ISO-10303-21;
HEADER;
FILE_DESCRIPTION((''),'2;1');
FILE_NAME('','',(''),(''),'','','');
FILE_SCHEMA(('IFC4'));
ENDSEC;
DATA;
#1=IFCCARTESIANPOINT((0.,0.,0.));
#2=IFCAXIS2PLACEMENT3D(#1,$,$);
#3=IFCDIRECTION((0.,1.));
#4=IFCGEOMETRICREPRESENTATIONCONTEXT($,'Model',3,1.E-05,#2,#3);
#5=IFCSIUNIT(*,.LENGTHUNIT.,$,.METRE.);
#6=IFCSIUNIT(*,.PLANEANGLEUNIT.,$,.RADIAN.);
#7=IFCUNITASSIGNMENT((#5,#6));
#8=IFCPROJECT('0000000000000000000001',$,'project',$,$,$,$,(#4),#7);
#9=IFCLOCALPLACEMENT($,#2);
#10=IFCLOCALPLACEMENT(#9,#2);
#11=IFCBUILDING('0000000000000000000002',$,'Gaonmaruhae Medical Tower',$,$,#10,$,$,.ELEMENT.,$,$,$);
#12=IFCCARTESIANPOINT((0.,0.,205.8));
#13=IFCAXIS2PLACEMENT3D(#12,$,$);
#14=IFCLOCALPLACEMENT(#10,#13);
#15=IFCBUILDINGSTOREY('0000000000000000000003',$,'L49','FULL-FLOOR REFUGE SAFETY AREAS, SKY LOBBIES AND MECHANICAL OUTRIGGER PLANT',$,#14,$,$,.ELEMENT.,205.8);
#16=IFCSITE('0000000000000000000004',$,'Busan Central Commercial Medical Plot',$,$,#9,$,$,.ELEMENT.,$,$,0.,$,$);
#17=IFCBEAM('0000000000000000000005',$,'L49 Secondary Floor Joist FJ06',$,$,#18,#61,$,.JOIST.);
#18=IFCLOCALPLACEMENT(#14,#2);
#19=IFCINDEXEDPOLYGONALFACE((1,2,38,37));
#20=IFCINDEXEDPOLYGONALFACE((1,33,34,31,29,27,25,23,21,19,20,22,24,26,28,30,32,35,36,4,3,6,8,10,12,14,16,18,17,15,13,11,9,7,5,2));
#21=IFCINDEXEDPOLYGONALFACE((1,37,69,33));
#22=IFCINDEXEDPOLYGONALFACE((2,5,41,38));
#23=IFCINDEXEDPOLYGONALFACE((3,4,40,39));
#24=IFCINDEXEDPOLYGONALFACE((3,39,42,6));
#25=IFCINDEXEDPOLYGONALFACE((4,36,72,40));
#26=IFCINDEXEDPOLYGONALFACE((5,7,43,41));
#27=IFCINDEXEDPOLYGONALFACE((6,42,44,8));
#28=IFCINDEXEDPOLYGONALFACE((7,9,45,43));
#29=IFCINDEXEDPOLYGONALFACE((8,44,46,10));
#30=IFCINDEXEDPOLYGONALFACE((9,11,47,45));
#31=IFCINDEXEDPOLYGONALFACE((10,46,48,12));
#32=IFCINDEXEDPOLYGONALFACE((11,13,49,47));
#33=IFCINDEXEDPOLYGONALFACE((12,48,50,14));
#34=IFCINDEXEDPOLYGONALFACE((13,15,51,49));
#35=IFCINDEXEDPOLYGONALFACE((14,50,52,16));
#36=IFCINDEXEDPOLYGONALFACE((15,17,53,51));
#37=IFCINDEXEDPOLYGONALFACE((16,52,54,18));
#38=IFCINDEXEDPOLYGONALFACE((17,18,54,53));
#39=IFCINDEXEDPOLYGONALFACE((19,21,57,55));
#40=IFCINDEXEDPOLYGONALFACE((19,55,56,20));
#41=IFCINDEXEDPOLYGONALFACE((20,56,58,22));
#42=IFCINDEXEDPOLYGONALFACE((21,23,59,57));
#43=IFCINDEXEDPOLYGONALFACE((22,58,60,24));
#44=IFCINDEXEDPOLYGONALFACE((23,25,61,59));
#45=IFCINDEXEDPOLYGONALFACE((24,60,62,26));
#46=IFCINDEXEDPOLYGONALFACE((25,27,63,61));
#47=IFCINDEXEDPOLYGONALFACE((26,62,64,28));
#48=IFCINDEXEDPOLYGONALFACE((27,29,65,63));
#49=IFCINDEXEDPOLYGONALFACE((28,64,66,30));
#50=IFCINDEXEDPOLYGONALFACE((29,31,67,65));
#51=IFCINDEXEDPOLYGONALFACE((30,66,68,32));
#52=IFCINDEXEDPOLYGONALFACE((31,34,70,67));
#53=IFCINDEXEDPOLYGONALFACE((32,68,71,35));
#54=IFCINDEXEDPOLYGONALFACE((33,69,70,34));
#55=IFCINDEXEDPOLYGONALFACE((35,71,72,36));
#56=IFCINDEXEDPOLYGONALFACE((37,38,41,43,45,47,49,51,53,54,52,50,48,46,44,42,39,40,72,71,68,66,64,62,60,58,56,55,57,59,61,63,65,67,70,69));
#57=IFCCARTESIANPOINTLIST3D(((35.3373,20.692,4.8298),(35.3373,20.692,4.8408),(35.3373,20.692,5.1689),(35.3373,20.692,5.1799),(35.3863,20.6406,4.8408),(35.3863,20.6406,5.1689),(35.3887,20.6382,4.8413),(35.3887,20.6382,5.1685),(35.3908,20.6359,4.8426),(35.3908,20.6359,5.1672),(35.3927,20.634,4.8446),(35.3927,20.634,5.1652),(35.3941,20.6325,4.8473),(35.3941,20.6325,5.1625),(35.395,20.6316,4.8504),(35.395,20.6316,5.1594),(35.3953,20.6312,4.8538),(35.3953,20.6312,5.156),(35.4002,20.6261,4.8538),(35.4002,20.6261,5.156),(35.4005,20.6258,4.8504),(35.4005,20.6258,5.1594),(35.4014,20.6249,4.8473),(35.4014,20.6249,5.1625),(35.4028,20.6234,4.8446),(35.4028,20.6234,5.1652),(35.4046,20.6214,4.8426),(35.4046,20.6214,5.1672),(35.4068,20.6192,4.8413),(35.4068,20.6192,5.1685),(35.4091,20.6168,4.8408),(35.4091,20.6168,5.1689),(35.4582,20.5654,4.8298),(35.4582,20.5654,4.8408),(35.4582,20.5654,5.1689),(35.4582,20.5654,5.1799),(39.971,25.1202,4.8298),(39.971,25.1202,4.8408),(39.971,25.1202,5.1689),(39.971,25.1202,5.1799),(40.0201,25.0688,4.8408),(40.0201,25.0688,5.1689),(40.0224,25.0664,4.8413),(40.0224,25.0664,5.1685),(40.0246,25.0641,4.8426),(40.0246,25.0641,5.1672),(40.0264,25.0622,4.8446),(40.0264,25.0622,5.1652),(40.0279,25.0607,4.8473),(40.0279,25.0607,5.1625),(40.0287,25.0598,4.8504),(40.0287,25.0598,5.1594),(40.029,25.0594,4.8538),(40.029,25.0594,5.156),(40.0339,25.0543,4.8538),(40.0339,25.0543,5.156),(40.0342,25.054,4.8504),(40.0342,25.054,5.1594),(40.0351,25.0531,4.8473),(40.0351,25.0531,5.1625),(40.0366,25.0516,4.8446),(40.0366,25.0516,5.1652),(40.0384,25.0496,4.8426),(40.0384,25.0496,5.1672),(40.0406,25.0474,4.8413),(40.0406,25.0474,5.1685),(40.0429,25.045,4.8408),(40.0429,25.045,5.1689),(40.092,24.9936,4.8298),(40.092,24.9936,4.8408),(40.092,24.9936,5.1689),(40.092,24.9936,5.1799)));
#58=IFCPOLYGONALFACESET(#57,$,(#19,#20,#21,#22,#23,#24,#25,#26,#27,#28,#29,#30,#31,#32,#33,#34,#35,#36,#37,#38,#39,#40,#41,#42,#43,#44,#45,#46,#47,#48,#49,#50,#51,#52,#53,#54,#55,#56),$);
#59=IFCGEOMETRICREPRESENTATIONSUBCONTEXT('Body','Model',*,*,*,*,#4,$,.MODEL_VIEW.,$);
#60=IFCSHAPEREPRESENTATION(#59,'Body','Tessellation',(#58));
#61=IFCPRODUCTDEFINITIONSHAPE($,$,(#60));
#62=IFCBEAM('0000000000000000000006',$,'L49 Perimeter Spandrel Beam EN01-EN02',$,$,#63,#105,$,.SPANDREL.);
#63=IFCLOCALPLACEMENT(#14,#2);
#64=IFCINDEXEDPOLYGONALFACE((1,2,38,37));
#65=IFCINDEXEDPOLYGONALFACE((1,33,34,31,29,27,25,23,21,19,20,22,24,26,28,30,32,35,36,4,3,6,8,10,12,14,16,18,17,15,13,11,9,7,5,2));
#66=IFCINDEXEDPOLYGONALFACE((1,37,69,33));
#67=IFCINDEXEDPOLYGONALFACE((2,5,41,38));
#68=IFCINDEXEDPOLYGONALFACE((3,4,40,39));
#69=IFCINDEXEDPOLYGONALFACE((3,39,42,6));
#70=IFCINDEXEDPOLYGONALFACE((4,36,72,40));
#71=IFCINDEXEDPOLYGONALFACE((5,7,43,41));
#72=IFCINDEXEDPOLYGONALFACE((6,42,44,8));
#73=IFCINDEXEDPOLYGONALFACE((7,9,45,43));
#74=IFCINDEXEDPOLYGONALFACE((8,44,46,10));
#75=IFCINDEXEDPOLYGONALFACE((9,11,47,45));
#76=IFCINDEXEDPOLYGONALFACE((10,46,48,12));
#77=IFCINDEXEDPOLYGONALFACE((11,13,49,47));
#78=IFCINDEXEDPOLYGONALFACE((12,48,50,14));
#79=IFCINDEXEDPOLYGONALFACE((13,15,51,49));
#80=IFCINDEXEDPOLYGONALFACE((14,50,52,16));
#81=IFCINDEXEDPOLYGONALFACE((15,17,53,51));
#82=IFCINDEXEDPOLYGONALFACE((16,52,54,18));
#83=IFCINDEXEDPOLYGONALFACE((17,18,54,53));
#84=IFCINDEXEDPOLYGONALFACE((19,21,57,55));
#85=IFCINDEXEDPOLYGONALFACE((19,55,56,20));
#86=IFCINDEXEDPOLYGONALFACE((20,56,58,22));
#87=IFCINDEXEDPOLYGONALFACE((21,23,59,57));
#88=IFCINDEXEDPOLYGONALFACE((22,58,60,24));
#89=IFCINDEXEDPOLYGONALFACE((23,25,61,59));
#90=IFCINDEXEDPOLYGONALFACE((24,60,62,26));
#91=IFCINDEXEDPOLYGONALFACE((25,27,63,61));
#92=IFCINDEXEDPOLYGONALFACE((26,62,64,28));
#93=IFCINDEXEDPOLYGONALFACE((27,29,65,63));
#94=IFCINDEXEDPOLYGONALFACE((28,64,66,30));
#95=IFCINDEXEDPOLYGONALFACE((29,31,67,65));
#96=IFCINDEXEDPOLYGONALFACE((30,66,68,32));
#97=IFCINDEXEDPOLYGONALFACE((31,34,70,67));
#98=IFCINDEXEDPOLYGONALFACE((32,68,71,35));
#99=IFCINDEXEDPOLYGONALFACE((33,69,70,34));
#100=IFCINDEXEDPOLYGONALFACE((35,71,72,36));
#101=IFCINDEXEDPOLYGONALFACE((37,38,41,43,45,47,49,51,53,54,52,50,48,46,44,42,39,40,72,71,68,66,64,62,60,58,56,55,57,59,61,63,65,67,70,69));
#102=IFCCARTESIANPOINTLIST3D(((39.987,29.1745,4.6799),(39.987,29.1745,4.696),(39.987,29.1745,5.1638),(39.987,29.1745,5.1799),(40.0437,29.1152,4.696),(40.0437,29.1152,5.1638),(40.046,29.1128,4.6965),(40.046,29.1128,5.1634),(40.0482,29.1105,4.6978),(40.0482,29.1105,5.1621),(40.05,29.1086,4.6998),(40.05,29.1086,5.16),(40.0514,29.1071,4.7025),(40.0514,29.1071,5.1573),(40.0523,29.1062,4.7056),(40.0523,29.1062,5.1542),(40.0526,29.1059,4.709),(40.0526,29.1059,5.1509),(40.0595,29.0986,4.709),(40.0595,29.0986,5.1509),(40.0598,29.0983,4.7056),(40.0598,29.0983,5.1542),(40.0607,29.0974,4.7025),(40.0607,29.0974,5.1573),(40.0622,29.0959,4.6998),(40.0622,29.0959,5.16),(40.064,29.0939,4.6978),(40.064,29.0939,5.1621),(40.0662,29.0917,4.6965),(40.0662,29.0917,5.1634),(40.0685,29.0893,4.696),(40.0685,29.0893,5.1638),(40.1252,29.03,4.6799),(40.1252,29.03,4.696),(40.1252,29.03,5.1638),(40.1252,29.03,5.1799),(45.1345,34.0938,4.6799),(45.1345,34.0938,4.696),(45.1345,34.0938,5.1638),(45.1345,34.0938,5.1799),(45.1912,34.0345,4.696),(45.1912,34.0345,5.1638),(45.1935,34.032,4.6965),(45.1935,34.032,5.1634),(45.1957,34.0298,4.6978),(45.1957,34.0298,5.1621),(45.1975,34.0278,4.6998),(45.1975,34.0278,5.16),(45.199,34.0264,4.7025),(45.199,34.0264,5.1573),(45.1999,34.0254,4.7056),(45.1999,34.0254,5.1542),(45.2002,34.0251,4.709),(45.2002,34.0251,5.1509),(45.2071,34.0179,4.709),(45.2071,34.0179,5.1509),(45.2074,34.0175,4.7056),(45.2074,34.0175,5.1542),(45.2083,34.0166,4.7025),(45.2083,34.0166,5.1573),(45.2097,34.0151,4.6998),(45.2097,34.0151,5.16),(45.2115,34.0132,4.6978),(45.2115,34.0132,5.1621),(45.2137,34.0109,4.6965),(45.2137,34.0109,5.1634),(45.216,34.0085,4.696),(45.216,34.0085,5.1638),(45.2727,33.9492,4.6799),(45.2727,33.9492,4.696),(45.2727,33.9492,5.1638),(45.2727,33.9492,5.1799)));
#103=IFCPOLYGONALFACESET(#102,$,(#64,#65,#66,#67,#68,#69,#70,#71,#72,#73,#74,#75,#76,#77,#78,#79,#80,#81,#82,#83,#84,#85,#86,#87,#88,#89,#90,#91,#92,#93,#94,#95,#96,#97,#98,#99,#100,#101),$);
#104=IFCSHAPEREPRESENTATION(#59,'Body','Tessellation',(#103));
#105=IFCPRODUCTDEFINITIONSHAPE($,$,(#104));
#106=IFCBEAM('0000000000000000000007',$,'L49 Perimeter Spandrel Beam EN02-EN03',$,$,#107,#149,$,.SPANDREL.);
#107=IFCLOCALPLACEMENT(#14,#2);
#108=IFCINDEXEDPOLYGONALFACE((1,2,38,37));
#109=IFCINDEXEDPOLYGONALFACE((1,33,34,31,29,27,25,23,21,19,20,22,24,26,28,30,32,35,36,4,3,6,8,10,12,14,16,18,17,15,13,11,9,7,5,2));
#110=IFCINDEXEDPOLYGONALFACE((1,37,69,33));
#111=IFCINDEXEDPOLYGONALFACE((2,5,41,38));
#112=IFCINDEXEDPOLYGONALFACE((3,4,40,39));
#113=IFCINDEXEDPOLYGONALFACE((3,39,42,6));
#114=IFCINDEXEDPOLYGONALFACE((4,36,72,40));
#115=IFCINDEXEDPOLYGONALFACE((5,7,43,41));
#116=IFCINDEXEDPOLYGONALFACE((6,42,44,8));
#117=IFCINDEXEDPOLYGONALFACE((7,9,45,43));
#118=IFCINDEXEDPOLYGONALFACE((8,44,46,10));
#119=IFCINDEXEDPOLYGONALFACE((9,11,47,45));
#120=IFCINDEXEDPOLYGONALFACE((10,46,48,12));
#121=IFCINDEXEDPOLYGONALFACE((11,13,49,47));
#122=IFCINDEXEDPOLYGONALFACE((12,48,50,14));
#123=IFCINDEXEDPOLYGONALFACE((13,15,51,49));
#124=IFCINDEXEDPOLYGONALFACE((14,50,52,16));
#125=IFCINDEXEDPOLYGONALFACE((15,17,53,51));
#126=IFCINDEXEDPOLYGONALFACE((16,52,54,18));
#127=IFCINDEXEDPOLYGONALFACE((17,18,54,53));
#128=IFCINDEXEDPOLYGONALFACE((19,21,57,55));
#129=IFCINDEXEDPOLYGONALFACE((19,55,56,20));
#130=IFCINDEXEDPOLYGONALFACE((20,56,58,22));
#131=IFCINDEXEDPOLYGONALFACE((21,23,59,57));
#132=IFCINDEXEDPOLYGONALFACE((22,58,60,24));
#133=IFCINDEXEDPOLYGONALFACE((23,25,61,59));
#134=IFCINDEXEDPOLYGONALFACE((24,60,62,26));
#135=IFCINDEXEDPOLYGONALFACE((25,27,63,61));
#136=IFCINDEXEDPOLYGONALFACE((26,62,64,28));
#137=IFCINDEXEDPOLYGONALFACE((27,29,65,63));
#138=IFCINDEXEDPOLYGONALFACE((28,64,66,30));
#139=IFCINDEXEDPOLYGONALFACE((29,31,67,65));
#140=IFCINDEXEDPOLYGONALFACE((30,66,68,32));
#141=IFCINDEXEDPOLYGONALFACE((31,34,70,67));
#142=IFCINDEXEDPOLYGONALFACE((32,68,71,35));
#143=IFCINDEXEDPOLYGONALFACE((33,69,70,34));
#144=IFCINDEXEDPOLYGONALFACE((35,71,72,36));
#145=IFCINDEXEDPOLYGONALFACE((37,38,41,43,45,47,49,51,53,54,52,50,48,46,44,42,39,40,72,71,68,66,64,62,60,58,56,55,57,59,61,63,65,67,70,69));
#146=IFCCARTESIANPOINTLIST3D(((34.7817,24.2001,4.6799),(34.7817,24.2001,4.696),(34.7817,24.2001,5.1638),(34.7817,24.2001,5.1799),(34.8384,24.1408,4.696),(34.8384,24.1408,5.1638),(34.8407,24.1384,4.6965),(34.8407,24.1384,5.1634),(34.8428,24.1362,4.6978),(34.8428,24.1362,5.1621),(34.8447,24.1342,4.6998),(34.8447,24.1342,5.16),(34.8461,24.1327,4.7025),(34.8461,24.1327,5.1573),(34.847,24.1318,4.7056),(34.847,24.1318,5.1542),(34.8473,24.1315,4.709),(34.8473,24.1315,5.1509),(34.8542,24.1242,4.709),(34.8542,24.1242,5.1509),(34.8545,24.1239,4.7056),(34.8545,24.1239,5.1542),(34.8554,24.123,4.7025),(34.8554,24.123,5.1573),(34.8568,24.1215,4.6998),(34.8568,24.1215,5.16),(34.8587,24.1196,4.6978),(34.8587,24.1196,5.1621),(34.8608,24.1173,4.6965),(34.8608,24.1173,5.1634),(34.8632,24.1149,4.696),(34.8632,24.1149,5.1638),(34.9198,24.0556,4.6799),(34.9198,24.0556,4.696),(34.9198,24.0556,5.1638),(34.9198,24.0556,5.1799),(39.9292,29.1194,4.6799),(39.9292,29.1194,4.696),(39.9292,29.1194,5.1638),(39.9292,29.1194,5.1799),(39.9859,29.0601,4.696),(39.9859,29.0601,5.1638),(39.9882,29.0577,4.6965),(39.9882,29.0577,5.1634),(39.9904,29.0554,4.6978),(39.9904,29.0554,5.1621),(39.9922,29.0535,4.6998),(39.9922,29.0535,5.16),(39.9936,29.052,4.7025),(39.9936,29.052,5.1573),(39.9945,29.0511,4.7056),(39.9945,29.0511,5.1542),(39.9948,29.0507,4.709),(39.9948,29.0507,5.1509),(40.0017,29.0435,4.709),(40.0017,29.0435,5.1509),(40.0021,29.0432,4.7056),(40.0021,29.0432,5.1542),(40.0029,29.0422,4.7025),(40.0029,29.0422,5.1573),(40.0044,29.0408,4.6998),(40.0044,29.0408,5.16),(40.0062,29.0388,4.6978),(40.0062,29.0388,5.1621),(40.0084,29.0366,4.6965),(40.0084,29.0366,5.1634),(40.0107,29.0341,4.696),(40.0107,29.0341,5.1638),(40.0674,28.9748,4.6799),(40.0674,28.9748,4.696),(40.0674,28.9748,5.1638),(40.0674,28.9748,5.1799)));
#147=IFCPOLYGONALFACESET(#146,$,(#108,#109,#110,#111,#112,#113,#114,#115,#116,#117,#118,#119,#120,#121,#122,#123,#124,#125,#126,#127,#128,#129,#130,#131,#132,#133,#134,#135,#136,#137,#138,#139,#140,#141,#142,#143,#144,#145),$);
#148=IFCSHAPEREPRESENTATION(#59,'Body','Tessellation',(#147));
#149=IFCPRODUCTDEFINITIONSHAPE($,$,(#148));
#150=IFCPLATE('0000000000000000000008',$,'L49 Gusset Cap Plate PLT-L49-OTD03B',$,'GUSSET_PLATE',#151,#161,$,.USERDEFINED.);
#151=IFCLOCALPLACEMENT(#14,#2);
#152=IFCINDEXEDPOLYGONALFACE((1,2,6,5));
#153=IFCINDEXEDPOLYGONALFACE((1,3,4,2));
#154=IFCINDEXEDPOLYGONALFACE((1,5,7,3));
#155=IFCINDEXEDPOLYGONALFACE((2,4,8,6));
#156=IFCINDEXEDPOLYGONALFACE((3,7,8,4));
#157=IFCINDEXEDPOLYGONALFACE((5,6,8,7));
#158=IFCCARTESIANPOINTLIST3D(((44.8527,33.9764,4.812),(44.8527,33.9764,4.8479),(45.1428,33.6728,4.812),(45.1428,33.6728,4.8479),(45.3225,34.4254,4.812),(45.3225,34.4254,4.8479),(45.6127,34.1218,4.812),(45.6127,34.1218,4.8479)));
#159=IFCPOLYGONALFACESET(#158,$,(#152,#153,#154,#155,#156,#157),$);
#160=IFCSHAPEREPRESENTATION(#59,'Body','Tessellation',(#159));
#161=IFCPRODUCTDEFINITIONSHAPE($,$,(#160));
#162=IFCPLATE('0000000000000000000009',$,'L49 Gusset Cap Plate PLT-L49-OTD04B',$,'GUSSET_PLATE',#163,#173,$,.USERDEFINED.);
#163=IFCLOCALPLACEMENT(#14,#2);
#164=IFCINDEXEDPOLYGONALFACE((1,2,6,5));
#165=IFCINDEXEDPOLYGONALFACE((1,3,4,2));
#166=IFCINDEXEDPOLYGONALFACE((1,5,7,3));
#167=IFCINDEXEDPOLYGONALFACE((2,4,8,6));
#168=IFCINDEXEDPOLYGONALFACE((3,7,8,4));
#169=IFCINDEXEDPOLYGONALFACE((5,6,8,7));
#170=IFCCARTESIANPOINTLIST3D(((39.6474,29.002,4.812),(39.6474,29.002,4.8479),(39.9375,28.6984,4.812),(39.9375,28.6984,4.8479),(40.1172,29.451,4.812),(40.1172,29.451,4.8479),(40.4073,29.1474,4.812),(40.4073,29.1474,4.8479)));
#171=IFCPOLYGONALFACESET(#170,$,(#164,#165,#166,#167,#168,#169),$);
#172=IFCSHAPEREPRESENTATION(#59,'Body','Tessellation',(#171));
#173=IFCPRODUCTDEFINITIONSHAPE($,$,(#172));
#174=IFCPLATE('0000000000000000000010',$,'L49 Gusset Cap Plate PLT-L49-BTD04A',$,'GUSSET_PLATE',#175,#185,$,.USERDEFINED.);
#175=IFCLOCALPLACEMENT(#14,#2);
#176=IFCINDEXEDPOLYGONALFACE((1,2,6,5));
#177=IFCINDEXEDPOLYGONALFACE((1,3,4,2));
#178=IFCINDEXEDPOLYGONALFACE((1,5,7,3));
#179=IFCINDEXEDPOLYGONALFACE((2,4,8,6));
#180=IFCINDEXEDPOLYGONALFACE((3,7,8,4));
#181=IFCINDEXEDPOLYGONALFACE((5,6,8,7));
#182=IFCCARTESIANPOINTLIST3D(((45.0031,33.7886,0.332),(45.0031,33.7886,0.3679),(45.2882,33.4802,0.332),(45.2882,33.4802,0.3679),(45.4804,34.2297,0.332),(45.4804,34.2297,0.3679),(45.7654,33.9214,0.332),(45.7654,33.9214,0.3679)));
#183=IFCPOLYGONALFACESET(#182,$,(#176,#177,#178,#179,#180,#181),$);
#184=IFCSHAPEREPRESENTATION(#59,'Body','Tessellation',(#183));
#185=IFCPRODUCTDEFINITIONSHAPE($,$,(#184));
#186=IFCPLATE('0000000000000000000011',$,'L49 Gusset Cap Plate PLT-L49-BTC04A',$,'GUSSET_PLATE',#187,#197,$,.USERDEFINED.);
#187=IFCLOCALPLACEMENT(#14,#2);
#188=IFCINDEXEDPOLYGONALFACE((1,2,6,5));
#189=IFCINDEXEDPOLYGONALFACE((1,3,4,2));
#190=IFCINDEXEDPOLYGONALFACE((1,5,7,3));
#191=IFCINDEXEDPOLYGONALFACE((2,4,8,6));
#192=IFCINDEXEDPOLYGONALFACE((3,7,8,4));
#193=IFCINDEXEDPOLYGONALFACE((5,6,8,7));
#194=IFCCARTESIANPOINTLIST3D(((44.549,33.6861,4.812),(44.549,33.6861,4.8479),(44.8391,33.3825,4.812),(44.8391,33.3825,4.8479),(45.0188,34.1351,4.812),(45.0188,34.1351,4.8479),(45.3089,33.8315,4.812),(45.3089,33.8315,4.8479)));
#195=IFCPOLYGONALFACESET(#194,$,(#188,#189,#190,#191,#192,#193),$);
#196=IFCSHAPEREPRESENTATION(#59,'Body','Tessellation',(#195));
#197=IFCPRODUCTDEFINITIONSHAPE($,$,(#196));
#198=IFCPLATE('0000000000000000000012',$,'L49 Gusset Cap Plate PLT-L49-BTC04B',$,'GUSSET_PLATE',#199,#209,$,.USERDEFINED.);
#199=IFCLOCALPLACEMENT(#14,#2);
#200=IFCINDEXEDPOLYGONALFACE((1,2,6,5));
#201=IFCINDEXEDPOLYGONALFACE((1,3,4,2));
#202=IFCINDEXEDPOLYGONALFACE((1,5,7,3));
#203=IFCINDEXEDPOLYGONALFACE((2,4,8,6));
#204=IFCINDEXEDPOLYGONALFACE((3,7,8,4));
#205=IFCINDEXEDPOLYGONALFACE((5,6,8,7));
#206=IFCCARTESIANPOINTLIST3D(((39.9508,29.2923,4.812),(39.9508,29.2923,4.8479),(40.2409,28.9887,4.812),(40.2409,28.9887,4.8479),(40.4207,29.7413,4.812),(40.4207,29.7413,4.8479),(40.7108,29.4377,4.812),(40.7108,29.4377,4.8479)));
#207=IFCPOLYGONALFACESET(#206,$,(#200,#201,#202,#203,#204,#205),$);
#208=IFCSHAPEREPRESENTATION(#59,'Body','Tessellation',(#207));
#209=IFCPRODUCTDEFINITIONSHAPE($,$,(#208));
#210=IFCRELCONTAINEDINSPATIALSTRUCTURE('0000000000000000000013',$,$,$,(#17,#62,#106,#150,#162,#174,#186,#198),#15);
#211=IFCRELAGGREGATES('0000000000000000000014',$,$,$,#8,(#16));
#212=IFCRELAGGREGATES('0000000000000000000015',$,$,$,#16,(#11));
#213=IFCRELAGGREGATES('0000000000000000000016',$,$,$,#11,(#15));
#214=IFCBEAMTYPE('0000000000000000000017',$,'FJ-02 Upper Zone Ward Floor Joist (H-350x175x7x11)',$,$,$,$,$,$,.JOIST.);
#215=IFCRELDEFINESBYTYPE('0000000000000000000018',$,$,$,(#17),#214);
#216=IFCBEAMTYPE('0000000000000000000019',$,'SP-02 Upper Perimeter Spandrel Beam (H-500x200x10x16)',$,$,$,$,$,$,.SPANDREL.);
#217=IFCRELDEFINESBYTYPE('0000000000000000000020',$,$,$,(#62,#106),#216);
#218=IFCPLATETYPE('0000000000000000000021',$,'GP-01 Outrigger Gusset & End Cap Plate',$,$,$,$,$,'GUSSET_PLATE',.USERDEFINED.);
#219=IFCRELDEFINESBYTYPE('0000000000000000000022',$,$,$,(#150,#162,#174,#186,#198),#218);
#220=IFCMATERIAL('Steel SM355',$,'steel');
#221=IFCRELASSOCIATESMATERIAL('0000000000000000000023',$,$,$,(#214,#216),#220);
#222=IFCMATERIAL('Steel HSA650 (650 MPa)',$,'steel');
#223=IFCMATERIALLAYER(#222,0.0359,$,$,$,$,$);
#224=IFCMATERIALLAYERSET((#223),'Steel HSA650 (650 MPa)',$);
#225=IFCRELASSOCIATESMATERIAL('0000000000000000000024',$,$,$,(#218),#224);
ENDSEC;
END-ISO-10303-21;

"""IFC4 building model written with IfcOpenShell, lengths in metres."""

from ifc_helpers import new_model, si_unit, direction, frame, origin, origin_2d, place, context, subcontext, project, spatial, rectangle, i_section, extrude, material, layer, layer_set, material_profile, profile_set, type_object, element, save


model = new_model("IFC4")

# Units and contexts
model_context = context("Model", 3, precision=1e-05, world=origin(), true_north=direction((0.0, 1.0)))
body_context = subcontext(model_context, "Body", "Model", "MODEL_VIEW")
ifc_project = project(units=[si_unit("LENGTHUNIT", "METRE"), si_unit("PLANEANGLEUNIT", "RADIAN")], contexts=[model_context])

# Site, building, storey
site_placement = place(None, origin())
site = spatial("IfcSite", under=ifc_project, at=site_placement, Name="Busan Central Commercial Medical Plot", CompositionType="ELEMENT", RefElevation=0.0)
building_placement = place(site_placement, origin())
building = spatial("IfcBuilding", under=site, at=building_placement, Name="Gaonmaruhae Medical Tower", CompositionType="ELEMENT")
storey_placement = place(building_placement, frame((0.0, 0.0, 205.8)))
storey = spatial("IfcBuildingStorey", under=building, at=storey_placement, Name="L49", Description="FULL-FLOOR REFUGE SAFETY AREAS, SKY LOBBIES AND MECHANICAL OUTRIGGER PLANT", CompositionType="ELEMENT", Elevation=205.8)

# Shared definitions
ifc_material_1 = material(Name="Steel HSA650 (650 MPa)", Category="steel")

# Beams
ifc_material_2 = material(Name="Steel SM355", Category="steel")
ifc_material_profile_1 = material_profile(ifc_material_2, i_section(OverallWidth=0.175, OverallDepth=0.3501, WebThickness=0.0071, FlangeThickness=0.011, FilletRadius=0.0129, at=origin_2d()), Name="H-350x175x7x11")
ifc_profile_set_1 = profile_set([ifc_material_profile_1], Name="Steel SM355")
beam_type_1 = type_object("IfcBeamType", Name="FJ-02 Upper Zone Ward Floor Joist (H-350x175x7x11)", PredefinedType="JOIST", material=ifc_profile_set_1)
beam_1_placement = place(storey_placement, frame((40.0315, 25.0569, 5.0049), z_axis=(-0.722961, -0.690889, 0.0), x_axis=(0.690889, -0.722961, 0.0)))
element("IfcBeam", 1, at=beam_1_placement, inside=storey, type_object=beam_type_1, Name="L49 Secondary Floor Joist FJ06", PredefinedType="JOIST", context=body_context, shape_type="SweptSolid", body=[
    extrude(i_section(OverallWidth=0.175, OverallDepth=0.3501, WebThickness=0.0071, FlangeThickness=0.011, FilletRadius=0.0129, at=origin_2d()), origin(), (0.0, 0.0, 1.0), 6.4094),
])
ifc_material_profile_2 = material_profile(ifc_material_2, i_section(OverallWidth=0.2, OverallDepth=0.5, WebThickness=0.01, FlangeThickness=0.0161, FilletRadius=0.0129, at=origin_2d()), Name="H-500x200x10x16")
ifc_profile_set_2 = profile_set([ifc_material_profile_2], Name="Steel SM355")
beam_type_2 = type_object("IfcBeamType", Name="SP-02 Upper Perimeter Spandrel Beam (H-500x200x10x16)", PredefinedType="SPANDREL", material=ifc_profile_set_2)
for number, where, z_axis, x_axis, name in (
    (2, (45.2036, 34.0215, 4.9299), (-0.722955, -0.690895, 0.0), (0.690895, -0.722955, 0.0), "L49 Perimeter Spandrel Beam EN01-EN02"),
    (3, (39.9983, 29.0471, 4.9299), (-0.722955, -0.690895, 0.0), (0.690895, -0.722955, 0.0), "L49 Perimeter Spandrel Beam EN02-EN03"),
):
    element("IfcBeam", number, at=place(storey_placement, frame(where, z_axis=z_axis, x_axis=x_axis)), inside=storey, type_object=beam_type_2, Name=name, PredefinedType="SPANDREL", context=body_context, shape_type="SweptSolid", body=[
        extrude(i_section(OverallWidth=0.2, OverallDepth=0.5, WebThickness=0.01, FlangeThickness=0.0161, FilletRadius=0.0129, at=origin_2d()), origin(), (0.0, 0.0, 1.0), 7.1201),
    ])

# Plates
ifc_layer_1 = layer(ifc_material_1, 0.0359)
ifc_layer_set_1 = layer_set([ifc_layer_1], Name="Steel HSA650 (650 MPa)")
plate_type = type_object("IfcPlateType", Name="GP-01 Outrigger Gusset & End Cap Plate", ElementType="GUSSET_PLATE", PredefinedType="USERDEFINED", material=ifc_layer_set_1)
for number, where, z_axis, x_axis, name in (
    (4, (45.2327, 34.0491, 4.812), (0.0, 0.0, 1.0), (0.722967, 0.690882, 0.0), "L49 Gusset Cap Plate PLT-L49-OTD03B"),
    (5, (40.0273, 29.0747, 4.812), (0.0, 0.0, 1.0), (0.722967, 0.690882, 0.0), "L49 Gusset Cap Plate PLT-L49-OTD04B"),
    (6, (45.3843, 33.855, 0.332), (0.0, 0.0, 1.0), (0.734323, 0.678801, 0.0), "L49 Gusset Cap Plate PLT-L49-BTD04A"),
    (7, (44.929, 33.7588, 4.812), (0.0, 0.0, 1.0), (0.722967, 0.690882, 0.0), "L49 Gusset Cap Plate PLT-L49-BTC04A"),
    (8, (40.3308, 29.365, 4.812), (0.0, 0.0, 1.0), (0.722967, 0.690882, 0.0), "L49 Gusset Cap Plate PLT-L49-BTC04B"),
):
    element("IfcPlate", number, at=place(storey_placement, frame(where, z_axis=z_axis, x_axis=x_axis)), inside=storey, type_object=plate_type, Name=name, ObjectType="GUSSET_PLATE", PredefinedType="USERDEFINED", context=body_context, shape_type="SweptSolid", body=[
        extrude(rectangle(XDim=0.6499, YDim=0.4199, at=origin_2d()), origin(), (0.0, 0.0, 1.0), 0.0359),
    ])

save(model, "model.ifc")
